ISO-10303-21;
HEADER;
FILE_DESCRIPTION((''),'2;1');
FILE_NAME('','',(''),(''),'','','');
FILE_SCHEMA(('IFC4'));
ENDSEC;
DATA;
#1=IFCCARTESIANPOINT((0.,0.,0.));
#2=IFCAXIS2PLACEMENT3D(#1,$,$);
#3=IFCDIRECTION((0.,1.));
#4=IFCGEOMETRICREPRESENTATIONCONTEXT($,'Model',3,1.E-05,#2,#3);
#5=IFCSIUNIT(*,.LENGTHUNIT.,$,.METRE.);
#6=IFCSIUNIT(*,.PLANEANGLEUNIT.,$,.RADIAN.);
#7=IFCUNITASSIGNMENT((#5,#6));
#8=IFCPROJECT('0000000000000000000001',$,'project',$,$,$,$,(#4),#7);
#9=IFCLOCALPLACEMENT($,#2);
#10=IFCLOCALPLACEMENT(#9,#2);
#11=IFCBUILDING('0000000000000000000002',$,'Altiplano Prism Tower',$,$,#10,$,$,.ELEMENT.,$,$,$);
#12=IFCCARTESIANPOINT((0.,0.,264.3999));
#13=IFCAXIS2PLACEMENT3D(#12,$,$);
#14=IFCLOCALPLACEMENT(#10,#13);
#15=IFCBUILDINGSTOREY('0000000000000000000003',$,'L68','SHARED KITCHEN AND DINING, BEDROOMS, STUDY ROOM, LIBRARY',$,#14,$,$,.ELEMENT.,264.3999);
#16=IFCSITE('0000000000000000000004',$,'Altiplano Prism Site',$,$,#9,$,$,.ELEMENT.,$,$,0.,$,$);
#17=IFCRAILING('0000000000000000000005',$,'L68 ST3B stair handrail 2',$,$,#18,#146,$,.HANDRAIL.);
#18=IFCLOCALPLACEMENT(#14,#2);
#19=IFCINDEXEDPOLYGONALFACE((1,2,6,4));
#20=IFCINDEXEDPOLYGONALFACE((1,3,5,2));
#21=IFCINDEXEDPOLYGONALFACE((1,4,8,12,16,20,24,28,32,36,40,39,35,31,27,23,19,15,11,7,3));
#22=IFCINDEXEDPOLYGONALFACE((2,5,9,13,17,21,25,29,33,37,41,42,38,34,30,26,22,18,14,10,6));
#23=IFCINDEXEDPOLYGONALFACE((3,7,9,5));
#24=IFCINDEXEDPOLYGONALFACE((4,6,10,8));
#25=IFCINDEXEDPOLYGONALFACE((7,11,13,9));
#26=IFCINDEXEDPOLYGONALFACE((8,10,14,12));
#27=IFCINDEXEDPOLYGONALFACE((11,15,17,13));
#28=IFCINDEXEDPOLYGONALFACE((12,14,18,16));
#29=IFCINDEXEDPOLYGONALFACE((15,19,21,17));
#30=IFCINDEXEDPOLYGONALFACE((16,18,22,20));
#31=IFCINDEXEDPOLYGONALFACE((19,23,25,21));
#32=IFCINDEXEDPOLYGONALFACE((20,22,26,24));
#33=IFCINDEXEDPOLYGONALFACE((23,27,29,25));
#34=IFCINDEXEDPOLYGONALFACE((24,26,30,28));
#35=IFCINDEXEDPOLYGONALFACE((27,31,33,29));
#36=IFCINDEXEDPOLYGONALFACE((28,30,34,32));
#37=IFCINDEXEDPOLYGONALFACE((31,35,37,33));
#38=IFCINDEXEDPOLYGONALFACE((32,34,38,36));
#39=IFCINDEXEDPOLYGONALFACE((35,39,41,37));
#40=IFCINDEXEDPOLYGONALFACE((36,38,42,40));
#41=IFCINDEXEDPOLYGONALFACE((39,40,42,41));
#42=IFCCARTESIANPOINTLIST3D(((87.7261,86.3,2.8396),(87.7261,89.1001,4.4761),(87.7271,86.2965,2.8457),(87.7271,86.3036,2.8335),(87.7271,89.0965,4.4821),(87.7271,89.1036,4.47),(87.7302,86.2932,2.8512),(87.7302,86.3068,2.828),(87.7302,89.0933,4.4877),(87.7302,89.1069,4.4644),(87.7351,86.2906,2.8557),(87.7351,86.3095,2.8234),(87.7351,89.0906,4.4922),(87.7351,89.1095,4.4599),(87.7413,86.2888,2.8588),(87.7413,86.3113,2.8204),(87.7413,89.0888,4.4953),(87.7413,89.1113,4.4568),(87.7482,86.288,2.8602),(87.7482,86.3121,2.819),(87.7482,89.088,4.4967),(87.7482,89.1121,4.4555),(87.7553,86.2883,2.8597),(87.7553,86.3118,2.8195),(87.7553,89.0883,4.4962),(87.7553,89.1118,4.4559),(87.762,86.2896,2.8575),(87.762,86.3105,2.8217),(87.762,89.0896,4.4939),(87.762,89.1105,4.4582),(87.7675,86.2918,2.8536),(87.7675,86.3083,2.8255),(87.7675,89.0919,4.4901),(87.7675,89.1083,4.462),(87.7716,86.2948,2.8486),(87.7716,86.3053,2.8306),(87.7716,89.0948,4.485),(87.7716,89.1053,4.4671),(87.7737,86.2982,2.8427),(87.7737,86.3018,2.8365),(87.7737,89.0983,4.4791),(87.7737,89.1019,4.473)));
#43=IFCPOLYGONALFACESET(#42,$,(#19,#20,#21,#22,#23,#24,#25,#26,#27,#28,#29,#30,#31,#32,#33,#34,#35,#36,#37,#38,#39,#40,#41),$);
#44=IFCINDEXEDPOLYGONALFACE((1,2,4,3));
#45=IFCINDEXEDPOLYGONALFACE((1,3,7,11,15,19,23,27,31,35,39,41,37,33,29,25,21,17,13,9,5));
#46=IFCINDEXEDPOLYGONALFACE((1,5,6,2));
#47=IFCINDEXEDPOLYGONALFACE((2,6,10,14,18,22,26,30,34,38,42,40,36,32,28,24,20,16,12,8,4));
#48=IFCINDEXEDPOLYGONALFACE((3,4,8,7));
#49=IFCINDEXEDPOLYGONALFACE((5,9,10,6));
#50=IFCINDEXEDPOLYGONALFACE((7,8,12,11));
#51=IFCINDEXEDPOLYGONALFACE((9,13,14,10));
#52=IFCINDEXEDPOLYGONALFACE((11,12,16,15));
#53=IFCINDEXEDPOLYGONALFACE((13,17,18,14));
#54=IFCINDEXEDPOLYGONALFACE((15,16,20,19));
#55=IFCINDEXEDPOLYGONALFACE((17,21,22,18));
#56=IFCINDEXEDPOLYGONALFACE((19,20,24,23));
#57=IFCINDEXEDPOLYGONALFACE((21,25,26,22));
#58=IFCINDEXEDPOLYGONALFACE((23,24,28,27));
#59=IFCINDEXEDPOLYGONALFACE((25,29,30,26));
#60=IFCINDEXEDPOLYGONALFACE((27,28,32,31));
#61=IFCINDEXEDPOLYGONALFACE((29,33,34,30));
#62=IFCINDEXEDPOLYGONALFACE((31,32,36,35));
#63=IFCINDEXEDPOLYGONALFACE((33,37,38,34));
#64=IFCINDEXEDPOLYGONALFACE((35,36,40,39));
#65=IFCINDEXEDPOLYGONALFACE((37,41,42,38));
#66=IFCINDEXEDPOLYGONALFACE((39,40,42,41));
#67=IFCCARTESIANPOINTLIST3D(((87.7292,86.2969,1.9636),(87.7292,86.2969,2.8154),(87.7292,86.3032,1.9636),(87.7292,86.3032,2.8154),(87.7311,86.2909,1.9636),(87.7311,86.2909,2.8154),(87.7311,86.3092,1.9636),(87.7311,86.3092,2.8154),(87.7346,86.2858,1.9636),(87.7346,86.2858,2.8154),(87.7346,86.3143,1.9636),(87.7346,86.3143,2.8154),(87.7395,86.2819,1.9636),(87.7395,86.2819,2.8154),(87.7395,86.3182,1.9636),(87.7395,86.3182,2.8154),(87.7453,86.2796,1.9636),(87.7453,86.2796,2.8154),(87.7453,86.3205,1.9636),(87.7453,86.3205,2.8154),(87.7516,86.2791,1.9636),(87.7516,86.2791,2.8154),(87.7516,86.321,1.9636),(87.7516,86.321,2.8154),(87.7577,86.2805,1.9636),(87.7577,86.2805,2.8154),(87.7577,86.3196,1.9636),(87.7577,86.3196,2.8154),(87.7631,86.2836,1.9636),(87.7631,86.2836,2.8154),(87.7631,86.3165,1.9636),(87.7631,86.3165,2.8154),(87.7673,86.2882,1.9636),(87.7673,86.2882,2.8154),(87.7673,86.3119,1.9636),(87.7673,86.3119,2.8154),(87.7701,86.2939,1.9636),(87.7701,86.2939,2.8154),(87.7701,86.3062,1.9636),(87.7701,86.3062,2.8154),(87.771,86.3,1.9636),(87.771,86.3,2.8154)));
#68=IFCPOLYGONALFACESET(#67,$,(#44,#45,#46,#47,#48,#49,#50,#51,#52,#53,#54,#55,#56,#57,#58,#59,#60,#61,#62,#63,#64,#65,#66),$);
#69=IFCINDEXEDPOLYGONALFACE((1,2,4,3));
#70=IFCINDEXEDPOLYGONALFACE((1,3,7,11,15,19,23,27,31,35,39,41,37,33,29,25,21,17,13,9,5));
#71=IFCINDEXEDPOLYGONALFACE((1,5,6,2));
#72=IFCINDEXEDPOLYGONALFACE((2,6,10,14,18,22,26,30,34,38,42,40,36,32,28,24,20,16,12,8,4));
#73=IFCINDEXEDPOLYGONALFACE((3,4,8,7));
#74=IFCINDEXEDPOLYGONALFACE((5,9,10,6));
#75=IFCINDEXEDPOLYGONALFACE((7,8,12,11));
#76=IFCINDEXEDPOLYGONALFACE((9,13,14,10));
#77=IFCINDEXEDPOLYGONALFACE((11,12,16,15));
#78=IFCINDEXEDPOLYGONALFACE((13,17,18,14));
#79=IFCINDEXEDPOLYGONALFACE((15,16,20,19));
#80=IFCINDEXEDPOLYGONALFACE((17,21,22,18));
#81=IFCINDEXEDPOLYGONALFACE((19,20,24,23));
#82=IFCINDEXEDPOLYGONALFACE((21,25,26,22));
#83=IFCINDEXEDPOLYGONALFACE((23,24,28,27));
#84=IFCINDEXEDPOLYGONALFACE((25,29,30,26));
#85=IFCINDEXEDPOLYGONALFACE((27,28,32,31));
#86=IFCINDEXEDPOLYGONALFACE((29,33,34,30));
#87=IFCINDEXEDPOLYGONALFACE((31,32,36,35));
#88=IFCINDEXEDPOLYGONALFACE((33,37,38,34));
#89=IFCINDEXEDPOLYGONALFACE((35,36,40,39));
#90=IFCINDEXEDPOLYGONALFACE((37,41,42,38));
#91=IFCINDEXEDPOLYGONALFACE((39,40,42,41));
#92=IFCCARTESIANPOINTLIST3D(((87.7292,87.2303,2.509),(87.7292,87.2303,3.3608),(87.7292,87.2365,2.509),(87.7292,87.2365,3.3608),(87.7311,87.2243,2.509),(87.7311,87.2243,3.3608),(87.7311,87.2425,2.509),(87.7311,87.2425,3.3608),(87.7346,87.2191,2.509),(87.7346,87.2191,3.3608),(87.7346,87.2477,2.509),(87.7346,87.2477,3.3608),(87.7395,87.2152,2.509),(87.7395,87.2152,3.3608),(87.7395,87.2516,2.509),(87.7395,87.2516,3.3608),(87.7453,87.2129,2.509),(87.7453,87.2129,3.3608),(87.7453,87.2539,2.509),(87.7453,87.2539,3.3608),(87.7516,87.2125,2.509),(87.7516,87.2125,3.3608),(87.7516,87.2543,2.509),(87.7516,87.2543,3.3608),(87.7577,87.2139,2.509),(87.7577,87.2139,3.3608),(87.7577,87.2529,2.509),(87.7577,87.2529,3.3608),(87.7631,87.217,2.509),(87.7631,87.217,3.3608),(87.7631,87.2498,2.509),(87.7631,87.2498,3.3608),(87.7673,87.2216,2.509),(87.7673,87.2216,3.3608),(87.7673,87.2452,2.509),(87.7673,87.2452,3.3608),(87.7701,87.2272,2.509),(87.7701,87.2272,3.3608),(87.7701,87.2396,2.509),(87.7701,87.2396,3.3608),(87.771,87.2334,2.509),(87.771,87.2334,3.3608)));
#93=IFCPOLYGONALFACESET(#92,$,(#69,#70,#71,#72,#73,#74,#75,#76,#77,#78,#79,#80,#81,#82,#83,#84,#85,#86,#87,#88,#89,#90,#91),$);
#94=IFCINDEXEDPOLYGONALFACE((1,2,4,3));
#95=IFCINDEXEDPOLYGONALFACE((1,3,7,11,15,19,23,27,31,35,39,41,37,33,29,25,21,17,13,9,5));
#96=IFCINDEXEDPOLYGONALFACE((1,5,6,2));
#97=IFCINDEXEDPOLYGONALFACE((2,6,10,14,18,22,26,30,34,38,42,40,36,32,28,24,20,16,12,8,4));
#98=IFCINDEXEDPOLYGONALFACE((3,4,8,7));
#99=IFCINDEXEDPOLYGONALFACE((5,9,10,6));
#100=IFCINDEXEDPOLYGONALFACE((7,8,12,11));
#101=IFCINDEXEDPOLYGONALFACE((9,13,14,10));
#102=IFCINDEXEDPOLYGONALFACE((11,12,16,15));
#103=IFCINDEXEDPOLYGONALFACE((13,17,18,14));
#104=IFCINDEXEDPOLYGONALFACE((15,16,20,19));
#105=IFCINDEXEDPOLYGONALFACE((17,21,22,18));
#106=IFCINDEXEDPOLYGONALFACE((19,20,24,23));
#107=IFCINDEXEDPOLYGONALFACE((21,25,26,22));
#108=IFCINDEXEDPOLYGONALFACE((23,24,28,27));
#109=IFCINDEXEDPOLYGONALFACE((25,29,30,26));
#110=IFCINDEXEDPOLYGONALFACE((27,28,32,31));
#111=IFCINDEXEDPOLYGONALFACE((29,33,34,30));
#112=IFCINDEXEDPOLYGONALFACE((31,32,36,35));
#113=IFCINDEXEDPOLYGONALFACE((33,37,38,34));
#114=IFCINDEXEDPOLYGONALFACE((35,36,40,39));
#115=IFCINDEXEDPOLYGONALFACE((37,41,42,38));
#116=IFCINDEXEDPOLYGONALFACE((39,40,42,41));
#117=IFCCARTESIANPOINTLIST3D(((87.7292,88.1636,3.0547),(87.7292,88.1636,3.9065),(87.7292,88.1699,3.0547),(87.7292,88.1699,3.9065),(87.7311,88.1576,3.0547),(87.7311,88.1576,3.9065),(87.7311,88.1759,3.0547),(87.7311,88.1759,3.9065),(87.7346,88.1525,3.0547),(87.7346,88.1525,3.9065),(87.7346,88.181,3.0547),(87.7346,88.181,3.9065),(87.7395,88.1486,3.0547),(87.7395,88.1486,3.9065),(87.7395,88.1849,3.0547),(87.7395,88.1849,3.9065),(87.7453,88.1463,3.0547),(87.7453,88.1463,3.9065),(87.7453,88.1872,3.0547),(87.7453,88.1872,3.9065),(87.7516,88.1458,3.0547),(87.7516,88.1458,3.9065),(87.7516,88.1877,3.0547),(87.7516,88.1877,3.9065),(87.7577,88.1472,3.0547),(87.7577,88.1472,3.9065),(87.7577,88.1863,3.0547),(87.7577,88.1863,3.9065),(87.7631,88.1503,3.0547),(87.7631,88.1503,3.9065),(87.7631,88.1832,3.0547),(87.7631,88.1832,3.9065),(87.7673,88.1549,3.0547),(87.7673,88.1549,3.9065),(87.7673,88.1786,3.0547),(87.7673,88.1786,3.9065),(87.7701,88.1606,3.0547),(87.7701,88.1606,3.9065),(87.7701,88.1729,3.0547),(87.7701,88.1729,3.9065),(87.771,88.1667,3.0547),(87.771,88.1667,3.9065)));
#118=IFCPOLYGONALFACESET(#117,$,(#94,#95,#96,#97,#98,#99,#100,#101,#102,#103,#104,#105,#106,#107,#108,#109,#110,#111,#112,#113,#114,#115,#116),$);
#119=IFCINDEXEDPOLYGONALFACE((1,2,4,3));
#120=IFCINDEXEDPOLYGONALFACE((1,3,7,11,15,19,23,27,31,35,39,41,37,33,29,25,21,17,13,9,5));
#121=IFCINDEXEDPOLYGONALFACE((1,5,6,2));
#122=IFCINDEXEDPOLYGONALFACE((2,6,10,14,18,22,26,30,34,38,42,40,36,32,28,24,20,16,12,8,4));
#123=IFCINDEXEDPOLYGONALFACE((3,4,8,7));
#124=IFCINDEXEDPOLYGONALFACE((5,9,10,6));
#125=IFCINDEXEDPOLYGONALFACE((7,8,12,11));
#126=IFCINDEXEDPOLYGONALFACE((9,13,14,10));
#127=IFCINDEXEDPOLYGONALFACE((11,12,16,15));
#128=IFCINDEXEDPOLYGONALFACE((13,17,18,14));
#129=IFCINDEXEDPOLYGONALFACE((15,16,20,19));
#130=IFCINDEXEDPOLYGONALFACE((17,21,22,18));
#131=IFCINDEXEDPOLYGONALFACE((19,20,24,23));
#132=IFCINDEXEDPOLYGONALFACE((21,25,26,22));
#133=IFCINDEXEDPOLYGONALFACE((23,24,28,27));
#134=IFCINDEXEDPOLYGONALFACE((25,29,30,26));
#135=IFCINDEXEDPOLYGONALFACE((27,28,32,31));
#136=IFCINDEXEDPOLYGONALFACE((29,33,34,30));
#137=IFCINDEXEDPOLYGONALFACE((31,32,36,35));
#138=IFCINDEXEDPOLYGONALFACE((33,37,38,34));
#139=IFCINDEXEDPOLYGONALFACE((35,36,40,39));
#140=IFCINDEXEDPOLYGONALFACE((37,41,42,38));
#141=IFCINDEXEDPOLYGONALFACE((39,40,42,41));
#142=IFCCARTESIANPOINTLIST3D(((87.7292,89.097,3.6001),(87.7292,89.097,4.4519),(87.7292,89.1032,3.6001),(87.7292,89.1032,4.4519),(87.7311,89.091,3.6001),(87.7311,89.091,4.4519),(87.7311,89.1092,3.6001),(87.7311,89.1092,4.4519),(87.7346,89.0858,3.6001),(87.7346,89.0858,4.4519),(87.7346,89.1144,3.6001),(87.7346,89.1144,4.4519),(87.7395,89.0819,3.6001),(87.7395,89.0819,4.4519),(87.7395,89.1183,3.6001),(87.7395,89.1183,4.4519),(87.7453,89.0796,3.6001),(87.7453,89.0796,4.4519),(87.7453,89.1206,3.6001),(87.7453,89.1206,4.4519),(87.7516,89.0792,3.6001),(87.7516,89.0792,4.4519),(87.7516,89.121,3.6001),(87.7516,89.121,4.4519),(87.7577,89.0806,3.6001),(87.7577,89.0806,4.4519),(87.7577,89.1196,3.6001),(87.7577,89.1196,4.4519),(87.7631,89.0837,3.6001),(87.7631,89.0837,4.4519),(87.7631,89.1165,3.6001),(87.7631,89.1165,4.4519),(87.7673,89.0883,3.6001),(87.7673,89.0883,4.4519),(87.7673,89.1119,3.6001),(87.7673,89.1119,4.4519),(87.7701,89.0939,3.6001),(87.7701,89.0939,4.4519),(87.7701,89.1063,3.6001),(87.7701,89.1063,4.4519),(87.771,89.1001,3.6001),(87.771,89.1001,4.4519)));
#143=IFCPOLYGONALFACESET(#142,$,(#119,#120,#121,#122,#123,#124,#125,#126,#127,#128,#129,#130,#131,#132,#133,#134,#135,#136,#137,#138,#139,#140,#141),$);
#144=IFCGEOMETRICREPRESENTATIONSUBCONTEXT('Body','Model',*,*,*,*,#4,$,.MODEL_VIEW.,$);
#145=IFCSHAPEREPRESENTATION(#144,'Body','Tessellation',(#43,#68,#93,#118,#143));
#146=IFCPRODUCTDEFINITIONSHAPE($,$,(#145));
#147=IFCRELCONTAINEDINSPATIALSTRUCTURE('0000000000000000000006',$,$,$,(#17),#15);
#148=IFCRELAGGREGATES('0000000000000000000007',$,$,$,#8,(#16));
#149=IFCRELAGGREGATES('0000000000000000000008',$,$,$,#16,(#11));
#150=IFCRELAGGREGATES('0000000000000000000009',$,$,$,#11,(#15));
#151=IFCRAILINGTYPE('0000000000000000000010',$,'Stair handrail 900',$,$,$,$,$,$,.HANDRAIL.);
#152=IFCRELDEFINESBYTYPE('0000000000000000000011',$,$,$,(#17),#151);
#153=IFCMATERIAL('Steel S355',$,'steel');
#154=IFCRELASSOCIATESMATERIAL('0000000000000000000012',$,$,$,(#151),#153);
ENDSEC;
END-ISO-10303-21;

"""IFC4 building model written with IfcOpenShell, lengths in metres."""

from ifc_helpers import new_model, si_unit, direction, frame, origin, origin_2d, place, context, subcontext, project, spatial, circle, extrude, material, type_object, element, save


model = new_model("IFC4")

# Units and contexts
model_context = context("Model", 3, precision=1e-05, world=origin(), true_north=direction((0.0, 1.0)))
body_context = subcontext(model_context, "Body", "Model", "MODEL_VIEW")
ifc_project = project(units=[si_unit("LENGTHUNIT", "METRE"), si_unit("PLANEANGLEUNIT", "RADIAN")], contexts=[model_context])

# Site, building, storey
site_placement = place(None, origin())
site = spatial("IfcSite", under=ifc_project, at=site_placement, Name="Altiplano Prism Site", CompositionType="ELEMENT", RefElevation=0.0)
building_placement = place(site_placement, origin())
building = spatial("IfcBuilding", under=site, at=building_placement, Name="Altiplano Prism Tower", CompositionType="ELEMENT")
storey_placement = place(building_placement, frame((0.0, 0.0, 264.3999)))
storey = spatial("IfcBuildingStorey", under=building, at=storey_placement, Name="L68", Description="SHARED KITCHEN AND DINING, BEDROOMS, STUDY ROOM, LIBRARY", CompositionType="ELEMENT", Elevation=264.3999)

# Shared definitions
ifc_material_1 = material(Name="Steel S355", Category="steel")

# Railing
railing_type_1 = type_object("IfcRailingType", Name="Stair handrail 900", PredefinedType="HANDRAIL", material=ifc_material_1)
railing_1_placement = place(storey_placement, frame((87.75, 86.3, 1.9636)))
element("IfcRailing", 1, at=railing_1_placement, inside=storey, type_object=railing_type_1, Name="L68 ST3B stair handrail 2", PredefinedType="HANDRAIL", context=body_context, shape_type="SweptSolid", body=[
    extrude(circle(Radius=0.0239, at=origin_2d()), frame((0.0, 0.0, 0.876), z_axis=(0.0, 0.863361, 0.504587), x_axis=(-1.0, 0.0, 0.0)), (0.0, 0.0, 1.0), 3.2432),
    extrude(circle(Radius=0.021, at=origin_2d()), origin(), (0.0, 0.0, 1.0), 0.8518),
    extrude(circle(Radius=0.021, at=origin_2d()), frame((0.0, 0.9333, 0.5454)), (0.0, 0.0, 1.0), 0.8518),
    extrude(circle(Radius=0.021, at=origin_2d()), frame((0.0, 1.8667, 1.0911)), (0.0, 0.0, 1.0), 0.8518),
    extrude(circle(Radius=0.021, at=origin_2d()), frame((0.0, 2.8, 1.6365)), (0.0, 0.0, 1.0), 0.8518),
])

save(model, "model.ifc")
